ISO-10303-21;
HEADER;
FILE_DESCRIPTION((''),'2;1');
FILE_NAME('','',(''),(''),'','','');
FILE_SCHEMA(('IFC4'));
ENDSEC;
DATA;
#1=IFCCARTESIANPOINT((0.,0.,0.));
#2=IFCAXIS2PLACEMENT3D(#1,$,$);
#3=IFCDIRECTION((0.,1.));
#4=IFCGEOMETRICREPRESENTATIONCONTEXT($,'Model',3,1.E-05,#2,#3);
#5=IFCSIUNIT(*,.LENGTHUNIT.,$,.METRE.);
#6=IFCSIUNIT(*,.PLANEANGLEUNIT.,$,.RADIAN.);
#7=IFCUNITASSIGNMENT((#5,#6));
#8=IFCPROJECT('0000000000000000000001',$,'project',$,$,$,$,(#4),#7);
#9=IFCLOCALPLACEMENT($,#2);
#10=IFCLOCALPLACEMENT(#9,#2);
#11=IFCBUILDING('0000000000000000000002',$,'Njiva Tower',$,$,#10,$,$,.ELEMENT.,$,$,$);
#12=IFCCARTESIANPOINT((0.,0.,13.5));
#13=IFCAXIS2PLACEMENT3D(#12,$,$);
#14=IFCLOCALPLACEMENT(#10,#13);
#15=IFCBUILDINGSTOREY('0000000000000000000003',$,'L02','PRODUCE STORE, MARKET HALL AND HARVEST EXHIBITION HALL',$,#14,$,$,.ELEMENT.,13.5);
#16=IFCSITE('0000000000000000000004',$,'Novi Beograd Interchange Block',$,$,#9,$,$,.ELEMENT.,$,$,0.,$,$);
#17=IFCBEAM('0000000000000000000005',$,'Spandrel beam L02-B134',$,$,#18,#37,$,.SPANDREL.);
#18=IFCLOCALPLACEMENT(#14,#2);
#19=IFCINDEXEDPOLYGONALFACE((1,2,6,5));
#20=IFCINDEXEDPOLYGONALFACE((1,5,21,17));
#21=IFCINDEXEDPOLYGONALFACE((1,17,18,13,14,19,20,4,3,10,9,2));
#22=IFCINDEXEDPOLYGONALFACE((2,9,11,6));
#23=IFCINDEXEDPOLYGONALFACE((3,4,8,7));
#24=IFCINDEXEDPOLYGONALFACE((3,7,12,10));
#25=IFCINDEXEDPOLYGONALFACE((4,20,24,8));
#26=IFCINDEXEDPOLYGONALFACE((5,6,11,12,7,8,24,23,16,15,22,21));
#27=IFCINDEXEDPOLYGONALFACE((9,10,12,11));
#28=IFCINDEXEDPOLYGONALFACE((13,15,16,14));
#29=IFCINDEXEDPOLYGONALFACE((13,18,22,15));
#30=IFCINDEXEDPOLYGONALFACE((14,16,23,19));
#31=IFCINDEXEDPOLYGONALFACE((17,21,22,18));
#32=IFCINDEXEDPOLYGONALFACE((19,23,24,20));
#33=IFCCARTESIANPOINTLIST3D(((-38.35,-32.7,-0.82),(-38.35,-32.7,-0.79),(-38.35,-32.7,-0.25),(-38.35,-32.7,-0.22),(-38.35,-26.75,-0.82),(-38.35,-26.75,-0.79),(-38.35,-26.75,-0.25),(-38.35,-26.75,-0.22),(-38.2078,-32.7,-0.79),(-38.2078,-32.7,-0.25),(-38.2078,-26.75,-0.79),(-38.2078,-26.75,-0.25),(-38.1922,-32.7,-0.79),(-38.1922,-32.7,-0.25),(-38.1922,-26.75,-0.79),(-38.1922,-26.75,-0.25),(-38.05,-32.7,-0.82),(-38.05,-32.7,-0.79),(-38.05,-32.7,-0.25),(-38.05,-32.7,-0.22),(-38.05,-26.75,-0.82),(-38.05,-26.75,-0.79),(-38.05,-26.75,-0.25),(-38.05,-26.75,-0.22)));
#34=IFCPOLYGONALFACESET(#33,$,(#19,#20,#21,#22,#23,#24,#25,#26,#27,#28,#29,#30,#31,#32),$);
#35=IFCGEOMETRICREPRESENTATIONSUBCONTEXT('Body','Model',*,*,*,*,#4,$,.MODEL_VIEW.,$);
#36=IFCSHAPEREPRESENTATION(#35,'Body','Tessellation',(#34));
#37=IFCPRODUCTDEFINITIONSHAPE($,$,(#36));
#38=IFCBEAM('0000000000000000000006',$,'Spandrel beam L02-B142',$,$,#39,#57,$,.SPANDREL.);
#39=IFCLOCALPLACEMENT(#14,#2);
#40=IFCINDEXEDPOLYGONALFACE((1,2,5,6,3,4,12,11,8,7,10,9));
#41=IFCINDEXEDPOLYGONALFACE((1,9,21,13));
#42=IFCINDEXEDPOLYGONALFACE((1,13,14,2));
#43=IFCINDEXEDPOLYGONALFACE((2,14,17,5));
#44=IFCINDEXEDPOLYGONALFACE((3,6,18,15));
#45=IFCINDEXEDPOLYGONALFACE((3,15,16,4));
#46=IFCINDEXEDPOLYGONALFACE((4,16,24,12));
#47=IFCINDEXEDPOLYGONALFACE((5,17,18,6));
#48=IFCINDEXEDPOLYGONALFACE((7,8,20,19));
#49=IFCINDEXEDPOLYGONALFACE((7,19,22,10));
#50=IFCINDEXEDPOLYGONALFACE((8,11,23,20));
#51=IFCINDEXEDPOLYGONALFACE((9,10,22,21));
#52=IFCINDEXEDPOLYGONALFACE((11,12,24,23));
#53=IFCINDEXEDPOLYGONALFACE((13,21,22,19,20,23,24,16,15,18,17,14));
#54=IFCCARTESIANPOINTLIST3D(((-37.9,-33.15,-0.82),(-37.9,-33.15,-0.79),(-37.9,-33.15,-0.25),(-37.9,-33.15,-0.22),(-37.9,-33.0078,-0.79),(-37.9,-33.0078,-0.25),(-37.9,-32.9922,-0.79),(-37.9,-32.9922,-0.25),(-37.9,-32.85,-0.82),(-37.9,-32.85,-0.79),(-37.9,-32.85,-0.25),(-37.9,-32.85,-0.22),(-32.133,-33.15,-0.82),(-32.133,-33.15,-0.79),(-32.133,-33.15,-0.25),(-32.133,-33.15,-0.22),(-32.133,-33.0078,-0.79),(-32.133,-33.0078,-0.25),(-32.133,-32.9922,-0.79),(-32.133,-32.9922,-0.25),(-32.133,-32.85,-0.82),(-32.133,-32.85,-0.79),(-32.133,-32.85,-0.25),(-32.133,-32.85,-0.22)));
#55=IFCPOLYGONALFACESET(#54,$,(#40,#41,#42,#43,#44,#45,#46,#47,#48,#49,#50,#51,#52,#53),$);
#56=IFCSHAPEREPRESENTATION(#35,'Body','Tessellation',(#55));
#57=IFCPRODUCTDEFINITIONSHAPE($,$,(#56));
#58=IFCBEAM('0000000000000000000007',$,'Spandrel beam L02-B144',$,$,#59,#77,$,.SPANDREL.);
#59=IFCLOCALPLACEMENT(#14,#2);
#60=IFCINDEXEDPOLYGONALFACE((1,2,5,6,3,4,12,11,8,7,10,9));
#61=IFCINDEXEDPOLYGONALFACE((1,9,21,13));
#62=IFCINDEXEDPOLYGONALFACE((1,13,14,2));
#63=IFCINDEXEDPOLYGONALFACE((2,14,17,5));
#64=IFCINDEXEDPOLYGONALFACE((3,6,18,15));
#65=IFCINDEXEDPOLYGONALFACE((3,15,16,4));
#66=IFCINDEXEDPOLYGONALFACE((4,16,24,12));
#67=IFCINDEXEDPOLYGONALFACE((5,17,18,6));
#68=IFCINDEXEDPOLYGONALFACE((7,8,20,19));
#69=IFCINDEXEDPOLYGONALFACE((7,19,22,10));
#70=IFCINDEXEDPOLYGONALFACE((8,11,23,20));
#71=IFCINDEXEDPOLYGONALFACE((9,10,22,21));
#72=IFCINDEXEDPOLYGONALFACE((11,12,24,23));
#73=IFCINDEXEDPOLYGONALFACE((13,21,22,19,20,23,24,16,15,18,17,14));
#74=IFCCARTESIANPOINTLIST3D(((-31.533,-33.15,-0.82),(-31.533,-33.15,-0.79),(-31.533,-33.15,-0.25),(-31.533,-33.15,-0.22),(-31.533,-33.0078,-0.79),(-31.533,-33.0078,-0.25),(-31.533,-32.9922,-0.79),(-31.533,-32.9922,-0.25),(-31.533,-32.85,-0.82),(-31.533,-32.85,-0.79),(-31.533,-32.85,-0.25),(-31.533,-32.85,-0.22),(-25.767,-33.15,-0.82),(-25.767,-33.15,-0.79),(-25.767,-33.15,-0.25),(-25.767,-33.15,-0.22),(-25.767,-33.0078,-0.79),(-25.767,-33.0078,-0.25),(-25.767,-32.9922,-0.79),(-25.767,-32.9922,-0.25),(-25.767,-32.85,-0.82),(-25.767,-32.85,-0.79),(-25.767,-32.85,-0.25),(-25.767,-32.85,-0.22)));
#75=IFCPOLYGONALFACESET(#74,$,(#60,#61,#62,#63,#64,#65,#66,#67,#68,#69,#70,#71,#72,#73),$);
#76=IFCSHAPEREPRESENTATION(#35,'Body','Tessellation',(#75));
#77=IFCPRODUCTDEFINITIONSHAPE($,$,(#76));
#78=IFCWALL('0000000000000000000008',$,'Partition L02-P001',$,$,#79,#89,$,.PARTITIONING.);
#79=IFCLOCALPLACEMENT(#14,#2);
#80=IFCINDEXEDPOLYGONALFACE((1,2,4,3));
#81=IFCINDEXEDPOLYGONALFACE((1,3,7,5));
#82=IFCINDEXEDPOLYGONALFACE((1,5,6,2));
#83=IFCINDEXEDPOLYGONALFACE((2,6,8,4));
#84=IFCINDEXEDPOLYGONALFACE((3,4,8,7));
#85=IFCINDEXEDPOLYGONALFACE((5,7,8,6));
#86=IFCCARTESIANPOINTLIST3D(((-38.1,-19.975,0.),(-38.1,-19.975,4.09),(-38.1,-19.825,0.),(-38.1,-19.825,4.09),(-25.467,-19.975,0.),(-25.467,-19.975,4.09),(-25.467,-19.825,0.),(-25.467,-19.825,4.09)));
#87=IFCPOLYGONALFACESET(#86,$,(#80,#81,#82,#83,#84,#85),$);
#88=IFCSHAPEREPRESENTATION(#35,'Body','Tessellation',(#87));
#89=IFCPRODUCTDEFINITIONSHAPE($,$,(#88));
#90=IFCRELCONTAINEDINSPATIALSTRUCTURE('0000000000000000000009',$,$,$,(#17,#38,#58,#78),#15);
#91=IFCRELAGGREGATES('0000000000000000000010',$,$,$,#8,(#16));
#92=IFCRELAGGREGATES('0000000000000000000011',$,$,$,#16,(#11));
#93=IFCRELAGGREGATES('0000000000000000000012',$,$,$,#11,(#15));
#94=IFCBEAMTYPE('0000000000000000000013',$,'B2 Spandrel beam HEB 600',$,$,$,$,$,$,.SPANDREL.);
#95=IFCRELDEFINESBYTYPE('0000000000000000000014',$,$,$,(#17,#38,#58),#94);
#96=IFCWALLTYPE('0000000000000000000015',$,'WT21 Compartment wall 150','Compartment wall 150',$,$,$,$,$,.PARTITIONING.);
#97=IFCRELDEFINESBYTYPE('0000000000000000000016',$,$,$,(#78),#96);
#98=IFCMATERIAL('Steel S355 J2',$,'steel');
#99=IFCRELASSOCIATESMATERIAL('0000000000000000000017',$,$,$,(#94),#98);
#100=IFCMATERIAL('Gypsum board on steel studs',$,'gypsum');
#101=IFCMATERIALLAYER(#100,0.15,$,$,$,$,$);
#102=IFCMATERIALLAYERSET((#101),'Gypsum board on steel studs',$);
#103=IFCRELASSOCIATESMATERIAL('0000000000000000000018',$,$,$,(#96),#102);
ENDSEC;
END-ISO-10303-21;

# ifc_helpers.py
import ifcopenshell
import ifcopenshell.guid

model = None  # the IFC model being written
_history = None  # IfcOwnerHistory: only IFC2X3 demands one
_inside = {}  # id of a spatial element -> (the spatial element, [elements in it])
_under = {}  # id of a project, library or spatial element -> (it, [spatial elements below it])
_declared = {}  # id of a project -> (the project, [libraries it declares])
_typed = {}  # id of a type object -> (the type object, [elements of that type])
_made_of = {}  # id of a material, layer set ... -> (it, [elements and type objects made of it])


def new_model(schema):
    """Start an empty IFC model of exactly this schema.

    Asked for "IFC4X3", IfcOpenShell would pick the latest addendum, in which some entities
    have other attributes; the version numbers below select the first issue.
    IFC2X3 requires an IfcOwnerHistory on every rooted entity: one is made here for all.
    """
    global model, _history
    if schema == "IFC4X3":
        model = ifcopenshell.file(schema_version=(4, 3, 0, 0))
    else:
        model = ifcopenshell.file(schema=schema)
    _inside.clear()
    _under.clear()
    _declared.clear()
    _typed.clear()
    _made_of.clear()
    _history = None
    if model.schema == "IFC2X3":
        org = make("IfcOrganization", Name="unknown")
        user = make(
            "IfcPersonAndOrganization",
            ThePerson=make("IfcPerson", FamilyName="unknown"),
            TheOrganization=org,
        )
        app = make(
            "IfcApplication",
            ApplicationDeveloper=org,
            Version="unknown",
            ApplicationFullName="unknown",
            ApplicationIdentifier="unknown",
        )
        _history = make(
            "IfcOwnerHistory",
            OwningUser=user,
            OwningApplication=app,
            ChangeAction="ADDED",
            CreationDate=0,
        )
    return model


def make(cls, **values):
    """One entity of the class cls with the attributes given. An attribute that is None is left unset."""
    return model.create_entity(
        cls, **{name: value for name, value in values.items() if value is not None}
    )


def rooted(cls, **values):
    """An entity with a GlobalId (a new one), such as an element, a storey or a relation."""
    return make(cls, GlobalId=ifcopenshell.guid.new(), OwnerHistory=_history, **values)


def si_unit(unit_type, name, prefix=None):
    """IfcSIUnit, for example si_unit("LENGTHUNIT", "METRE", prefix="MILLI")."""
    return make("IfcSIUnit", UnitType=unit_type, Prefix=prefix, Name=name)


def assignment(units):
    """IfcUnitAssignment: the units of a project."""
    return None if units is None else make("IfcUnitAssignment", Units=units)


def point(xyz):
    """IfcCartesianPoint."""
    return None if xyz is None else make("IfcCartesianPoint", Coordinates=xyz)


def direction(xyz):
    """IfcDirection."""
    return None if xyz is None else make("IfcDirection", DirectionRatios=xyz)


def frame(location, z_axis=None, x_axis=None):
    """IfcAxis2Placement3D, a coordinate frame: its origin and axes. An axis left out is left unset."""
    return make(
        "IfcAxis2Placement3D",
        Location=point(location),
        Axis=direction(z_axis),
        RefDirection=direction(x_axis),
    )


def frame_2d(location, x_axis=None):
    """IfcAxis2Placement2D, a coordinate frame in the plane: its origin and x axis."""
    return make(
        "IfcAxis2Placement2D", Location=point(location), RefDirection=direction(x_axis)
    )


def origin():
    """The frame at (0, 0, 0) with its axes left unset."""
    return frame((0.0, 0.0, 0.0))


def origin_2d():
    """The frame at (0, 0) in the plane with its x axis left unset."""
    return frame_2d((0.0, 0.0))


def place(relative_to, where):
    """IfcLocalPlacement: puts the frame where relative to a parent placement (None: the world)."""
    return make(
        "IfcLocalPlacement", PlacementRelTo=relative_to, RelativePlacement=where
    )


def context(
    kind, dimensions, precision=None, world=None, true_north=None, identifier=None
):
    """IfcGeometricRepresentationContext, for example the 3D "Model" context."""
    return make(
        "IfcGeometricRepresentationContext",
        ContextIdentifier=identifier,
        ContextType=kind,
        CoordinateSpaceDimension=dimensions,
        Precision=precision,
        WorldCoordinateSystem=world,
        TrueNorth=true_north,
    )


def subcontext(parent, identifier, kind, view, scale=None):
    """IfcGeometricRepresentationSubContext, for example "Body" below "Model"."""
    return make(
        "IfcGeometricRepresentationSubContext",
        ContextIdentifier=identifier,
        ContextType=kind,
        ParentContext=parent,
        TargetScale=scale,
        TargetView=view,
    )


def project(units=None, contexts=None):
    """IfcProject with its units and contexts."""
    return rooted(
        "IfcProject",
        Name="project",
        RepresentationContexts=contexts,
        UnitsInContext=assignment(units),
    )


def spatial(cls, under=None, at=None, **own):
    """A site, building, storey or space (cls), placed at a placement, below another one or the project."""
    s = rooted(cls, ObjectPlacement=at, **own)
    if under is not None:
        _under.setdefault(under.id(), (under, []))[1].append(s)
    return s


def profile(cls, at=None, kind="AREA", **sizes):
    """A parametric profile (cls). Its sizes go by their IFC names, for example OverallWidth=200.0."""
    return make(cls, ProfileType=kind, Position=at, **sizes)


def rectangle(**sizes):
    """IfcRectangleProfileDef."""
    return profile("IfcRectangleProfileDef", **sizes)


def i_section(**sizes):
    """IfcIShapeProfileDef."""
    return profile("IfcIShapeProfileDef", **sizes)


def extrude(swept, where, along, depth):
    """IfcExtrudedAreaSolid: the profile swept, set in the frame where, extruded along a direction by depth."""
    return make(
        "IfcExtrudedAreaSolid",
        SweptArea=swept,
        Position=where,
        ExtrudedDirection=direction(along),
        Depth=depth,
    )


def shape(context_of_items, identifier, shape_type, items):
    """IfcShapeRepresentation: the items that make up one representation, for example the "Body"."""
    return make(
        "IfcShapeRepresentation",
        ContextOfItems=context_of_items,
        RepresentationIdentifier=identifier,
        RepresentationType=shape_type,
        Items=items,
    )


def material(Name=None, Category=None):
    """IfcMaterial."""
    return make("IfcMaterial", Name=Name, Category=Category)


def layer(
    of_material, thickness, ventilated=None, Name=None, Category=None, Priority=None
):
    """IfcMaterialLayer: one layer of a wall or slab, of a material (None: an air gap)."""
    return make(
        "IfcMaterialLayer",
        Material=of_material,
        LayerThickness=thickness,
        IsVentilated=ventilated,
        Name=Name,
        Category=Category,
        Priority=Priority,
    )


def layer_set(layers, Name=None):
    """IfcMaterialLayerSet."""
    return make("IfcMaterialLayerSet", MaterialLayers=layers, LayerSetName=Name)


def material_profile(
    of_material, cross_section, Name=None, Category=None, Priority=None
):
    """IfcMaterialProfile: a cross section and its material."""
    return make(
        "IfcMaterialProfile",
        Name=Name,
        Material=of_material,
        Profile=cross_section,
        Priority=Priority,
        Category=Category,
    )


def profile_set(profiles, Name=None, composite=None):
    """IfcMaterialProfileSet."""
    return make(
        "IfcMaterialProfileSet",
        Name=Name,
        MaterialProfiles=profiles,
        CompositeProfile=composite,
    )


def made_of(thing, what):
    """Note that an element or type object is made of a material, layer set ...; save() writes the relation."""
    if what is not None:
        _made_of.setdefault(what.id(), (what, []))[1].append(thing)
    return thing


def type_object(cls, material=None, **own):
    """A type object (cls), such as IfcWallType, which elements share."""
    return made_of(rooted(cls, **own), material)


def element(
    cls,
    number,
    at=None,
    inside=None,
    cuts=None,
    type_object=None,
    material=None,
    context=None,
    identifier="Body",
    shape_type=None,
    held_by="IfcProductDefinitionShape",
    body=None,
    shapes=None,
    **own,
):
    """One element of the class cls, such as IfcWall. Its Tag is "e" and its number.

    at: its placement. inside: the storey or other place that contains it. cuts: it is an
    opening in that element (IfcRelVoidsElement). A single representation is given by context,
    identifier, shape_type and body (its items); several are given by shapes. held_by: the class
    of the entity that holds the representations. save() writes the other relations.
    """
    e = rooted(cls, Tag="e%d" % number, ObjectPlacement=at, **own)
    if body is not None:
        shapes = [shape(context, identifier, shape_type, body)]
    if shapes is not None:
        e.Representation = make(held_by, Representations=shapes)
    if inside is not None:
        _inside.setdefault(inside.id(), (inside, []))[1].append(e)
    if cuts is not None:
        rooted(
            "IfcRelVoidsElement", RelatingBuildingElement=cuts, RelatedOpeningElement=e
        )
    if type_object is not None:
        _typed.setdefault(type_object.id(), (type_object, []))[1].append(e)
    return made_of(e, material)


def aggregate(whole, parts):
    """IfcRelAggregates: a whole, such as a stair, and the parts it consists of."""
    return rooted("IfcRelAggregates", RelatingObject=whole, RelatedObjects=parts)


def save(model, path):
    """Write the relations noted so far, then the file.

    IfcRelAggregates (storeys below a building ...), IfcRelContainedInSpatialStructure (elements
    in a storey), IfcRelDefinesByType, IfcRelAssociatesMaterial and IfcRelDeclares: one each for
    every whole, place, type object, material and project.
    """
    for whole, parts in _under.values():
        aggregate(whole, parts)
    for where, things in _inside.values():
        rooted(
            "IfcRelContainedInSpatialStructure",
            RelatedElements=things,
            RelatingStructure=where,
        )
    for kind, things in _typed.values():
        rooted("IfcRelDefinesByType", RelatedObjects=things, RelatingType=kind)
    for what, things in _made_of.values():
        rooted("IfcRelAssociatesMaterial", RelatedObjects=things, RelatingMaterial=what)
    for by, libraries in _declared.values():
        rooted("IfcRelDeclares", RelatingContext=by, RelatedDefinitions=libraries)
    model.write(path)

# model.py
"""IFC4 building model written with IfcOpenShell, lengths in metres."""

from ifc_helpers import new_model, si_unit, direction, frame, frame_2d, origin, origin_2d, place, context, subcontext, project, spatial, rectangle, i_section, extrude, material, layer, layer_set, material_profile, profile_set, type_object, element, save


model = new_model("IFC4")

# Units and contexts
model_context = context("Model", 3, precision=1e-05, world=origin(), true_north=direction((0.0, 1.0)))
body_context = subcontext(model_context, "Body", "Model", "MODEL_VIEW")
ifc_project = project(units=[si_unit("LENGTHUNIT", "METRE"), si_unit("PLANEANGLEUNIT", "RADIAN")], contexts=[model_context])

# Site, building, storey
site_placement = place(None, origin())
site = spatial("IfcSite", under=ifc_project, at=site_placement, Name="Novi Beograd Interchange Block", CompositionType="ELEMENT", RefElevation=0.0)
building_placement = place(site_placement, origin())
building = spatial("IfcBuilding", under=site, at=building_placement, Name="Njiva Tower", CompositionType="ELEMENT")
storey_placement = place(building_placement, frame((0.0, 0.0, 13.5)))
storey = spatial("IfcBuildingStorey", under=building, at=storey_placement, Name="L02", Description="PRODUCE STORE, MARKET HALL AND HARVEST EXHIBITION HALL", CompositionType="ELEMENT", Elevation=13.5)

# Shared definitions
ifc_material_1 = material(Name="Steel S355 J2", Category="steel")

# Beams
ifc_material_profile_1 = material_profile(ifc_material_1, i_section(OverallWidth=0.3, OverallDepth=0.6, WebThickness=0.0155, FlangeThickness=0.03, at=origin_2d()), Name="HEB 600")
ifc_profile_set_1 = profile_set([ifc_material_profile_1], Name="Steel S355 J2")
beam_type_1 = type_object("IfcBeamType", Name="B2 Spandrel beam HEB 600", PredefinedType="SPANDREL", material=ifc_profile_set_1)
for number, where, z_axis, x_axis, name in (
    (1, (-38.2, -26.75, -0.52), (0.0, -1.0, 0.0), (1.0, 0.0, 0.0), "Spandrel beam L02-B134"),
):
    element("IfcBeam", number, at=place(storey_placement, frame(where, z_axis=z_axis, x_axis=x_axis)), inside=storey, type_object=beam_type_1, Name=name, PredefinedType="SPANDREL", context=body_context, shape_type="SweptSolid", body=[
        extrude(i_section(OverallWidth=0.3, OverallDepth=0.6, WebThickness=0.0155, FlangeThickness=0.03, at=origin_2d()), origin(), (0.0, 0.0, 1.0), 5.95),
    ])
beam_1_placement = place(storey_placement, frame((-37.9, -33.0, -0.52), z_axis=(1.0, 0.0, 0.0), x_axis=(0.0, 1.0, 0.0)))
element("IfcBeam", 2, at=beam_1_placement, inside=storey, type_object=beam_type_1, Name="Spandrel beam L02-B142", PredefinedType="SPANDREL", context=body_context, shape_type="SweptSolid", body=[
    extrude(i_section(OverallWidth=0.3, OverallDepth=0.6, WebThickness=0.0155, FlangeThickness=0.03, at=origin_2d()), origin(), (0.0, 0.0, 1.0), 5.767),
])
beam_2_placement = place(storey_placement, frame((-31.533, -33.0, -0.52), z_axis=(1.0, 0.0, 0.0), x_axis=(0.0, 1.0, 0.0)))
element("IfcBeam", 3, at=beam_2_placement, inside=storey, type_object=beam_type_1, Name="Spandrel beam L02-B144", PredefinedType="SPANDREL", context=body_context, shape_type="SweptSolid", body=[
    extrude(i_section(OverallWidth=0.3, OverallDepth=0.6, WebThickness=0.0155, FlangeThickness=0.03, at=origin_2d()), origin(), (0.0, 0.0, 1.0), 5.766),
])

# Wall
ifc_material_2 = material(Name="Gypsum board on steel studs", Category="gypsum")
ifc_layer_1 = layer(ifc_material_2, 0.15)
ifc_layer_set_1 = layer_set([ifc_layer_1], Name="Gypsum board on steel studs")
wall_type_1 = type_object("IfcWallType", Name="WT21 Compartment wall 150", Description="Compartment wall 150", PredefinedType="PARTITIONING", material=ifc_layer_set_1)
wall_1_placement = place(storey_placement, frame((-38.1, -19.9, 0.0), z_axis=(0.0, 0.0, 1.0), x_axis=(1.0, 0.0, 0.0)))
element("IfcWall", 4, at=wall_1_placement, inside=storey, type_object=wall_type_1, Name="Partition L02-P001", PredefinedType="PARTITIONING", context=body_context, shape_type="SweptSolid", body=[
    extrude(rectangle(XDim=12.633, YDim=0.15, at=frame_2d((6.3165, 0.0))), origin(), (0.0, 0.0, 1.0), 4.09),
])

save(model, "model.ifc")
